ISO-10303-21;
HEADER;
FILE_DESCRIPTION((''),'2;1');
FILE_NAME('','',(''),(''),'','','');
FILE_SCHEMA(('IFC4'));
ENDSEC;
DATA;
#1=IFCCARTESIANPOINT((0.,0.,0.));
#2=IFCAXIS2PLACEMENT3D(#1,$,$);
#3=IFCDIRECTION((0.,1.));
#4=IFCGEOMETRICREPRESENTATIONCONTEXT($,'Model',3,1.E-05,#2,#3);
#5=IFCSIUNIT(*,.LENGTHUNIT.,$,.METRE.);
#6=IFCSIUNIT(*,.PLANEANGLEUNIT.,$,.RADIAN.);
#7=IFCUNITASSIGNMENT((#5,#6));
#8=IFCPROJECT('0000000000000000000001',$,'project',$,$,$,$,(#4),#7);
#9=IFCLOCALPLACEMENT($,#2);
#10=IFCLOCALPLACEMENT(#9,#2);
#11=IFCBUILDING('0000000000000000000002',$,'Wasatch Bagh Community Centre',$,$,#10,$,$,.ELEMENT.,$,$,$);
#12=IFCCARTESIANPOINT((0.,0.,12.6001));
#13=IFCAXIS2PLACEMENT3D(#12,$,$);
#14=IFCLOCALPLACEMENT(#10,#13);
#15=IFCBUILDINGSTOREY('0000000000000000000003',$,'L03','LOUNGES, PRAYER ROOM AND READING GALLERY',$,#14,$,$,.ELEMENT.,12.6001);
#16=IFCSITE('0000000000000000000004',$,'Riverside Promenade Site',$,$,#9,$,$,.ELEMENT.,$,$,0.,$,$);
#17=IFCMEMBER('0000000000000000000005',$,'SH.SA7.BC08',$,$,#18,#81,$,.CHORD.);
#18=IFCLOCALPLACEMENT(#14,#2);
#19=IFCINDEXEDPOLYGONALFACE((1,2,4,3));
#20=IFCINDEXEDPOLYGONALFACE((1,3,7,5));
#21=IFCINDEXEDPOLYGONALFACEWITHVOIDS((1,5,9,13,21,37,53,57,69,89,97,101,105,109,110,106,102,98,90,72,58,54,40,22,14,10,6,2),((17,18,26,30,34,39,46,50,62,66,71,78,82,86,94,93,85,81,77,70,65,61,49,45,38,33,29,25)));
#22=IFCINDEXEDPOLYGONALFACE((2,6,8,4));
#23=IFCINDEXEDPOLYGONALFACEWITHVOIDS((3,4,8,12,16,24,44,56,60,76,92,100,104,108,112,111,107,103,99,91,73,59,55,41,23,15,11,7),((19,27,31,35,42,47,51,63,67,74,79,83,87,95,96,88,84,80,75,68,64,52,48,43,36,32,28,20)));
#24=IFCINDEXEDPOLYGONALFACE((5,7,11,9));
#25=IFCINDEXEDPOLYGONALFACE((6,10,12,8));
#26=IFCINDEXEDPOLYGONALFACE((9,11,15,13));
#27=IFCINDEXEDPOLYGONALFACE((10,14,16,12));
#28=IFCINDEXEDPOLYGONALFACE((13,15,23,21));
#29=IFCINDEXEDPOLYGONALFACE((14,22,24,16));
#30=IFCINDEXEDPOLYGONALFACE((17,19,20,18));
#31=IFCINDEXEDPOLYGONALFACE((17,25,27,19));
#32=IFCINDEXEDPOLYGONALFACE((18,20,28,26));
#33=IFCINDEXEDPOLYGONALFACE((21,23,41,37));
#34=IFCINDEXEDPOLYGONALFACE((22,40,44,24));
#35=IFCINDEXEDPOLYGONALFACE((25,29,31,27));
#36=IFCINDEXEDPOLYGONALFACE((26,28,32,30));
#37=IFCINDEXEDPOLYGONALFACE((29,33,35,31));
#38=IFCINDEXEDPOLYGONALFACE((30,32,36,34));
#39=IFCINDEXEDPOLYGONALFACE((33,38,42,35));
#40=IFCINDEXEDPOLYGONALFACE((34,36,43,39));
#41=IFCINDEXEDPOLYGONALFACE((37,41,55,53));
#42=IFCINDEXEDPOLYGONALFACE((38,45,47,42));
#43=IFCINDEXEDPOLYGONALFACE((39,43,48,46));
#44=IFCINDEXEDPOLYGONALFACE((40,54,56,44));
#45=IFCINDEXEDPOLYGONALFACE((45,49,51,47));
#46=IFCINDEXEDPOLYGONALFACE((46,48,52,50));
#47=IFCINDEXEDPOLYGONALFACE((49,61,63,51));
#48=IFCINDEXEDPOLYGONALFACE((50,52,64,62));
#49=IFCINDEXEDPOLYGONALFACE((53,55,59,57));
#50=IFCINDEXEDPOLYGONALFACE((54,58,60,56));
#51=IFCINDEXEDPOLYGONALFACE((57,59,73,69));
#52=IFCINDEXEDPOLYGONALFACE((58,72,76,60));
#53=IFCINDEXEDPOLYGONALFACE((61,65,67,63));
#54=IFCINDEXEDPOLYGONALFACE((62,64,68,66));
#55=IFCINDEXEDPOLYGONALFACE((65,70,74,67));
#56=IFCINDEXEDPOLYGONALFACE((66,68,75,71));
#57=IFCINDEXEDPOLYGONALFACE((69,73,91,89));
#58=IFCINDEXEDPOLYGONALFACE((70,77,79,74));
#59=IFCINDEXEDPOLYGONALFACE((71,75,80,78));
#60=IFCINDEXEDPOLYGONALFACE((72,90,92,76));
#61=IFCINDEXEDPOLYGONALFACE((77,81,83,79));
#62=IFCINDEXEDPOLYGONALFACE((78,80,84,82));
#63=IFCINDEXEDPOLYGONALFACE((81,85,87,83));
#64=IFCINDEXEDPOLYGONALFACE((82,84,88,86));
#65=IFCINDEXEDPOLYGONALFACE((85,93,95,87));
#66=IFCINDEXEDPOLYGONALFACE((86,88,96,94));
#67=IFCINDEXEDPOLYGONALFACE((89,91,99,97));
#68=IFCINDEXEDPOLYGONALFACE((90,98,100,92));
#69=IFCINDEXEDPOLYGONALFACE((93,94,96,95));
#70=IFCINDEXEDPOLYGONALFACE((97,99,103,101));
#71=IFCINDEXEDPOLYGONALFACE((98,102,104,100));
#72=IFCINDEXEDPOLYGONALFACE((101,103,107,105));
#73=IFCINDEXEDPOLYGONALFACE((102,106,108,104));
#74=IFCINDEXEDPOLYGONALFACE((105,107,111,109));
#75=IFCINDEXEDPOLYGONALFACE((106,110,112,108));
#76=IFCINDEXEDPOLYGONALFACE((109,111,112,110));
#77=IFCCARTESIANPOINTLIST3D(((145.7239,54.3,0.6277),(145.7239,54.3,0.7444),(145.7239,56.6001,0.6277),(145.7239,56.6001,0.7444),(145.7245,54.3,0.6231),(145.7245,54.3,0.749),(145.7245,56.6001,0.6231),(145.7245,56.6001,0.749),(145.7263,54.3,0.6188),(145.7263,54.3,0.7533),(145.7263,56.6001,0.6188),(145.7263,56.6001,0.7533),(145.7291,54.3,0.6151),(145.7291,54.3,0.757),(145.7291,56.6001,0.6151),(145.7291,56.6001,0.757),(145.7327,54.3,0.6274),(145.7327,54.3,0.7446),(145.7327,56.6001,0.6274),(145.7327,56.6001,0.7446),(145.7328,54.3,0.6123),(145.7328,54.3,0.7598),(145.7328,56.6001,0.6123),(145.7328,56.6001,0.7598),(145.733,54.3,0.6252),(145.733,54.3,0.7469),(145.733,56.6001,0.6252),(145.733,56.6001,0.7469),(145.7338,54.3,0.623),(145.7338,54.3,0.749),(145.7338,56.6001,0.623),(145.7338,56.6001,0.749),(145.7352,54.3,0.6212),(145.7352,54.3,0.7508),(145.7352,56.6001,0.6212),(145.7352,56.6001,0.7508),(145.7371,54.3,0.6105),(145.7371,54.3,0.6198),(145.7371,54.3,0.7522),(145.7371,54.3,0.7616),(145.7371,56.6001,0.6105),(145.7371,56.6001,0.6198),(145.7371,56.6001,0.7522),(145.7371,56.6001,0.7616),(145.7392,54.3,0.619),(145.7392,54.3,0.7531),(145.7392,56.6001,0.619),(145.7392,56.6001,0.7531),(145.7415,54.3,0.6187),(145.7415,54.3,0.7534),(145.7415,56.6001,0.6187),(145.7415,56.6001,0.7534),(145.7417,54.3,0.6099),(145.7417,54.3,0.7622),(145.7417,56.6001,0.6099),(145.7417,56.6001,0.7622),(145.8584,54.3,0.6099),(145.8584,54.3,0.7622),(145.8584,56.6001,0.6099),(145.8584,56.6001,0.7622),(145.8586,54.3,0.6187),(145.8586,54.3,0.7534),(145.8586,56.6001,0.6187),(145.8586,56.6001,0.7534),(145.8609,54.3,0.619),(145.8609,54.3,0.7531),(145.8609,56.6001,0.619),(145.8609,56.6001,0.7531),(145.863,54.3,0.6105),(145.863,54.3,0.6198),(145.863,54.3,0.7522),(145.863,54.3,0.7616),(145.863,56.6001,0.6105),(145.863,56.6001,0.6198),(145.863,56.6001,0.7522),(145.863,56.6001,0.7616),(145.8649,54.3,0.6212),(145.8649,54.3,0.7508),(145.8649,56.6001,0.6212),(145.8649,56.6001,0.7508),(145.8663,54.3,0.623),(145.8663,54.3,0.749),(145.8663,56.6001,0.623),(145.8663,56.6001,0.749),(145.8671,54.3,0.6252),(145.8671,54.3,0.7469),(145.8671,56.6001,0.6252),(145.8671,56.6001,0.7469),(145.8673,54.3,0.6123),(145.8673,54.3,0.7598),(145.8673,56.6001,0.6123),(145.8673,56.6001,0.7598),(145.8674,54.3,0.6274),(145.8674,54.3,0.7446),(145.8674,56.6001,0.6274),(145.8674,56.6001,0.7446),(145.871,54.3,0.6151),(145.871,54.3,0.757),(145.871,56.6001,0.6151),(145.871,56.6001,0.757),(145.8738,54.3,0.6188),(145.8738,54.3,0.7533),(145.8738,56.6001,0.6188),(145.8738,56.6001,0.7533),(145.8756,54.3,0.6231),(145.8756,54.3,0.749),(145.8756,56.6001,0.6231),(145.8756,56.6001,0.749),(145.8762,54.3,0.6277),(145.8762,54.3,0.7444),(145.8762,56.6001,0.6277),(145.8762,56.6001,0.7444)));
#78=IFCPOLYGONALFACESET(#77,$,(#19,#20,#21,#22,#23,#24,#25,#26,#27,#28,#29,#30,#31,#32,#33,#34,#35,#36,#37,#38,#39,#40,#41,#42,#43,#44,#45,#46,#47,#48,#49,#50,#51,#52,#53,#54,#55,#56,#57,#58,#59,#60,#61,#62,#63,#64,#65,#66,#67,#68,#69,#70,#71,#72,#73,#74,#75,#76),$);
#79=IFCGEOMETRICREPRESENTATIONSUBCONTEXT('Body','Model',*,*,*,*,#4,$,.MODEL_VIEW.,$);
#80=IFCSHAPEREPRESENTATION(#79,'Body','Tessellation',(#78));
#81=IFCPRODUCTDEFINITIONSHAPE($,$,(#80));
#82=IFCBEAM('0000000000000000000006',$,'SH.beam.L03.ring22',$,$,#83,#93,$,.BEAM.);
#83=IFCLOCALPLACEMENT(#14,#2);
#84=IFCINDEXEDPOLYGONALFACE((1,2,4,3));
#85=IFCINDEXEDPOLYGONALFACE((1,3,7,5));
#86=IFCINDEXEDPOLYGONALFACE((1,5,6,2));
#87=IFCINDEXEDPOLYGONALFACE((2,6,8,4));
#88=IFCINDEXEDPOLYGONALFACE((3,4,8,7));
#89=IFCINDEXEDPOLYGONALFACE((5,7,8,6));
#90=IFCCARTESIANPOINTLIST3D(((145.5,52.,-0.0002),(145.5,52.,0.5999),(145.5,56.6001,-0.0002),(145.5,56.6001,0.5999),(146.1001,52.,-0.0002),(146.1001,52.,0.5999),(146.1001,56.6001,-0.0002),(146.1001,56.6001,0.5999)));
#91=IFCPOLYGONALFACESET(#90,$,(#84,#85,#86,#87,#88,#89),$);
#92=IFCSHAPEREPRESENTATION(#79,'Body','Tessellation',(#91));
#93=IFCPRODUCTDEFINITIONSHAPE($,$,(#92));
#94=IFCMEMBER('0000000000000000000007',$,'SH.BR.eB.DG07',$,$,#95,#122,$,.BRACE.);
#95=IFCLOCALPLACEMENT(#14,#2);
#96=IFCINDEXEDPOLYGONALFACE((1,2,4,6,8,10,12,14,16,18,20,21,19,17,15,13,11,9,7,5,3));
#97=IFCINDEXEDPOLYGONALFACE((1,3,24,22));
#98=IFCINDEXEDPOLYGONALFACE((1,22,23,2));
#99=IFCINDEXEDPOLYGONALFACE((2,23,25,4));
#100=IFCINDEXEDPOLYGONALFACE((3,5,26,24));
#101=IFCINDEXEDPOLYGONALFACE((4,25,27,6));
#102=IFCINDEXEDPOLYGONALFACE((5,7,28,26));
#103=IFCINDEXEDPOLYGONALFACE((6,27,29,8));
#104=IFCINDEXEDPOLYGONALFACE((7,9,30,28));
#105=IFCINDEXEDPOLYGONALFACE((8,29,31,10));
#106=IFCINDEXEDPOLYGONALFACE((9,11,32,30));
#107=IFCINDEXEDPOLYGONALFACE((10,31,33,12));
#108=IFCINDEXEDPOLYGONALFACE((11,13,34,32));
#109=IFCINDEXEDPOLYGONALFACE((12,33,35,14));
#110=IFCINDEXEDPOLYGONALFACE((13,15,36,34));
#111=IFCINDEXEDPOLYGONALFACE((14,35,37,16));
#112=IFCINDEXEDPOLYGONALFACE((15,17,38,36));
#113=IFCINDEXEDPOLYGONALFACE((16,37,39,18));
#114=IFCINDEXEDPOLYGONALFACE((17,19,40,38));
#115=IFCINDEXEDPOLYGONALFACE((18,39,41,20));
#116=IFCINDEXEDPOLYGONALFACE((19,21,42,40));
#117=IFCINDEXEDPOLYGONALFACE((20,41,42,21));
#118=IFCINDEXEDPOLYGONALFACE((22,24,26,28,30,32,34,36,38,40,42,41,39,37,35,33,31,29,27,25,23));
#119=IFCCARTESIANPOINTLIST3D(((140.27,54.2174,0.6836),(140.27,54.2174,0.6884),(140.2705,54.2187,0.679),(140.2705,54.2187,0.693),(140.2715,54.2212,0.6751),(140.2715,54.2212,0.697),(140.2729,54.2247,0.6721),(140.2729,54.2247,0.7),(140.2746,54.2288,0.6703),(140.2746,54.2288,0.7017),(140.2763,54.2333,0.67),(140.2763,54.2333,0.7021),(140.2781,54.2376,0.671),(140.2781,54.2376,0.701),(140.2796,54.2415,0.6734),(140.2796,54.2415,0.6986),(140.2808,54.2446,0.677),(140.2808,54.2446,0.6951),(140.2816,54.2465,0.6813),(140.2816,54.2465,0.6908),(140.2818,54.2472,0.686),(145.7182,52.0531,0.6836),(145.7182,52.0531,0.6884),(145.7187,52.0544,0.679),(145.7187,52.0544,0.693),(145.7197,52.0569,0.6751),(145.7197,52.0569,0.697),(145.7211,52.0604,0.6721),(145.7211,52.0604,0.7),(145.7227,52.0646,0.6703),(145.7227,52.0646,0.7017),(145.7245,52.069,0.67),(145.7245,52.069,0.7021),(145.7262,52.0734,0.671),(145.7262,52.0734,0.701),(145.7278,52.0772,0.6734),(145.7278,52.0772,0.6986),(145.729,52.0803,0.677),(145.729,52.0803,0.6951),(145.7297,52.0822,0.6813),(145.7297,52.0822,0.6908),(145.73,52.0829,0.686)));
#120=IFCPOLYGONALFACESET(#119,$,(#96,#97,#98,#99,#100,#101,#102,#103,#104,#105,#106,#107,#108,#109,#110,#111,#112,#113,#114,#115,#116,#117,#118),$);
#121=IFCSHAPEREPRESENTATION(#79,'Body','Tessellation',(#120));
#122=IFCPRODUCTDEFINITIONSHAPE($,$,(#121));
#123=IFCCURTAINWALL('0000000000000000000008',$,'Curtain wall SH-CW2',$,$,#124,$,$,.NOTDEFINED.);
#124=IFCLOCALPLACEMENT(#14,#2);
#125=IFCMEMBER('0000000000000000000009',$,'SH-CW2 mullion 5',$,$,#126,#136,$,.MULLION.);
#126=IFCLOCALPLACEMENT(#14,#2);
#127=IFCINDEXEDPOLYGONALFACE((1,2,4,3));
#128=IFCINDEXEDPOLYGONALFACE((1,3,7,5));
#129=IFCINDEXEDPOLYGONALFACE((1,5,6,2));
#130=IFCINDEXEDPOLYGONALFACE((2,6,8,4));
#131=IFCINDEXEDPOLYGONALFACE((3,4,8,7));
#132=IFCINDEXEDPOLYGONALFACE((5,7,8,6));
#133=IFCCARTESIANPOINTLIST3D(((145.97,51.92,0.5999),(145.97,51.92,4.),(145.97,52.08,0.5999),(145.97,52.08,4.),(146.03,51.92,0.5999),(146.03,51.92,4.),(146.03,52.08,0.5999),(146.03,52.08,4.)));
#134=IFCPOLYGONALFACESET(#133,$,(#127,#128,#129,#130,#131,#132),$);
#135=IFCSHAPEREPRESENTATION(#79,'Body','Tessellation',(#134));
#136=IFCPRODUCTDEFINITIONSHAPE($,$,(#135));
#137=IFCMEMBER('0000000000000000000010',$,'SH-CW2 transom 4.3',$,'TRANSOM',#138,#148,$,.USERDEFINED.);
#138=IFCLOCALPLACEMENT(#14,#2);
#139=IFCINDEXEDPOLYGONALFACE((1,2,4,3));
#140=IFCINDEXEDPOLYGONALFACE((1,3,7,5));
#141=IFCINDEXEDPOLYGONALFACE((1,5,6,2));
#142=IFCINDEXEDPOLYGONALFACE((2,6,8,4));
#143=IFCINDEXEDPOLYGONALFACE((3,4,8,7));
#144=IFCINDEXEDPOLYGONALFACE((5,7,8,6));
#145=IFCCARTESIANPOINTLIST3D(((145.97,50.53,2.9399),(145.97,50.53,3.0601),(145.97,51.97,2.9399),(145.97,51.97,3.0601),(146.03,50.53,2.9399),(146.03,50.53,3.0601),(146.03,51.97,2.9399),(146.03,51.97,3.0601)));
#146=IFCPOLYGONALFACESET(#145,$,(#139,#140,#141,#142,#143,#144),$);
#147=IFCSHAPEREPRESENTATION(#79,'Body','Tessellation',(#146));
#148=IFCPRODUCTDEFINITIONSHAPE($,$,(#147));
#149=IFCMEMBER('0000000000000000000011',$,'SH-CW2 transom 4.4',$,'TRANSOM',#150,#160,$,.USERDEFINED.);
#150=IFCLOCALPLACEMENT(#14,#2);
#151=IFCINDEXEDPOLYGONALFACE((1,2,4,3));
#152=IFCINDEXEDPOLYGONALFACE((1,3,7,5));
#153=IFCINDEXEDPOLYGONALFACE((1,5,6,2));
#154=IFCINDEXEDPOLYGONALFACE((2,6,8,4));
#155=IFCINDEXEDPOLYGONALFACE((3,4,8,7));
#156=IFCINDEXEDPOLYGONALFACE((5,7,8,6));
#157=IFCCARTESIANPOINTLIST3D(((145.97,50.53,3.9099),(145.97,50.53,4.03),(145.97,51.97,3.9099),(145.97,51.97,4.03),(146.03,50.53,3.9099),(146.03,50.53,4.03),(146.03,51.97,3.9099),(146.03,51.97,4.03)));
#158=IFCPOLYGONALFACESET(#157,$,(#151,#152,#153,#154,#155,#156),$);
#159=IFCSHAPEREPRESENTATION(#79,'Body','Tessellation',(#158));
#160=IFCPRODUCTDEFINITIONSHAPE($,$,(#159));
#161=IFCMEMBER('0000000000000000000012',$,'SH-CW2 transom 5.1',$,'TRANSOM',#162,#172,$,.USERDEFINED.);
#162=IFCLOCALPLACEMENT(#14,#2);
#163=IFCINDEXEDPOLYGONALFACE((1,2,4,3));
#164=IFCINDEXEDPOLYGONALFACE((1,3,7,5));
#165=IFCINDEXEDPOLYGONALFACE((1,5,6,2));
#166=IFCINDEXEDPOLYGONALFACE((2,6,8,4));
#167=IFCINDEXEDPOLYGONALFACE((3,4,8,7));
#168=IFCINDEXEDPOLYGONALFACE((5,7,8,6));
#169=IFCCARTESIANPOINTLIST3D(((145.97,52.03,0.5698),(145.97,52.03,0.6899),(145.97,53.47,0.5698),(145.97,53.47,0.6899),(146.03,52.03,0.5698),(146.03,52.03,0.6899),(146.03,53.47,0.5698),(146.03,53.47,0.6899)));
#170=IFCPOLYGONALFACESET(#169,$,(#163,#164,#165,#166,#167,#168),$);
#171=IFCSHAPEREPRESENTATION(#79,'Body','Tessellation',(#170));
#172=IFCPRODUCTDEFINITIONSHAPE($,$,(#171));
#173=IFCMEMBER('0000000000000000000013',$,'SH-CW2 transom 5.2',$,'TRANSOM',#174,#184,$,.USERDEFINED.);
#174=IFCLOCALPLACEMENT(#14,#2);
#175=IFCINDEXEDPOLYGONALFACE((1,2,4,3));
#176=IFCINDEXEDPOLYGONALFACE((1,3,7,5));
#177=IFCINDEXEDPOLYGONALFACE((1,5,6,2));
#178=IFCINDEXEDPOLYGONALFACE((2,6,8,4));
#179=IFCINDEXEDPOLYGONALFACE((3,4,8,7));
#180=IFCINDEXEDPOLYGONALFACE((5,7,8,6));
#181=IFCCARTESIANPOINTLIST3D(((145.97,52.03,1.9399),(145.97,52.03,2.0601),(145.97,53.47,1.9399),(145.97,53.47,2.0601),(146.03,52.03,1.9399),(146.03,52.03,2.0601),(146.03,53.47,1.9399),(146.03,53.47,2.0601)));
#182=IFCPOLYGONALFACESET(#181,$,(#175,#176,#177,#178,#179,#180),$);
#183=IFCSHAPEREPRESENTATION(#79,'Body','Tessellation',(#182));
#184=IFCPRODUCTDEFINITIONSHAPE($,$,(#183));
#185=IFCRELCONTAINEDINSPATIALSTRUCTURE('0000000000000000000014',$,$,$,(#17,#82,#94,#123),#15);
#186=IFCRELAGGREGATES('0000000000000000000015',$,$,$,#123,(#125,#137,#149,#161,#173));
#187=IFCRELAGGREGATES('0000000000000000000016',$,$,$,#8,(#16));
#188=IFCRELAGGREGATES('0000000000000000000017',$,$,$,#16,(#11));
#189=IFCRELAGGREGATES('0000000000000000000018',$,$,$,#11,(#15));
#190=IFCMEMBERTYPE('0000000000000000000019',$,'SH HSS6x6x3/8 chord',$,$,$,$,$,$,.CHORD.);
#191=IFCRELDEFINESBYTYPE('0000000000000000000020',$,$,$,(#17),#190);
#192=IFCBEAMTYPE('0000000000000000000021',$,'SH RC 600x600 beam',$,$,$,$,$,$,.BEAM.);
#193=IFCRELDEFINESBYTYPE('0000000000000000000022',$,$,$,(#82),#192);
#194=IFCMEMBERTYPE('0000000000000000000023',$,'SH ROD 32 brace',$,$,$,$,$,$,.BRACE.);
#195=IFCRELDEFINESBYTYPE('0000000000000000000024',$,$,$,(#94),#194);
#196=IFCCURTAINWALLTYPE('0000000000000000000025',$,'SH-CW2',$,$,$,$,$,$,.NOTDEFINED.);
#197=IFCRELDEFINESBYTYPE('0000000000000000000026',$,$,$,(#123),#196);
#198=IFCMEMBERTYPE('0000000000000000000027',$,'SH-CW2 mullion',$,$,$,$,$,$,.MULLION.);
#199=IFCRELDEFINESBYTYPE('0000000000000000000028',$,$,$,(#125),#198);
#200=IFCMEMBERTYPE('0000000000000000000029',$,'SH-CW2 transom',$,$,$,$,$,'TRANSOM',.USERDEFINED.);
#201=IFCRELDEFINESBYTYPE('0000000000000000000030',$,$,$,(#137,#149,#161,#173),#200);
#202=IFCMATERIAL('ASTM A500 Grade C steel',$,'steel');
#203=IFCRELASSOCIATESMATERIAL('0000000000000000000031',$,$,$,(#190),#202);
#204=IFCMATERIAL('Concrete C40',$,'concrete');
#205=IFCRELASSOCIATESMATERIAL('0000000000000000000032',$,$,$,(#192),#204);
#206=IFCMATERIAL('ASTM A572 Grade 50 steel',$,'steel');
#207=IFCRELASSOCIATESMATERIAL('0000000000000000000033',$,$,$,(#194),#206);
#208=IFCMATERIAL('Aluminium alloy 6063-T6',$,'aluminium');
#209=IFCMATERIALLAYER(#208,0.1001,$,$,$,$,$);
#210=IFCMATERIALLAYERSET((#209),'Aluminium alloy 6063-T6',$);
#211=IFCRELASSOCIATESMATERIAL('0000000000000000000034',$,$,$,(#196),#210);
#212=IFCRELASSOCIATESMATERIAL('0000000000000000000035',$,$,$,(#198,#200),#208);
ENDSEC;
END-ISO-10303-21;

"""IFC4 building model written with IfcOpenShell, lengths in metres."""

from ifc_helpers import new_model, si_unit, direction, frame, origin, origin_2d, place, context, subcontext, project, spatial, rectangle, hollow_rectangle, circle, extrude, material, layer, layer_set, material_profile, profile_set, type_object, element, aggregate, save


model = new_model("IFC4")

# Units and contexts
model_context = context("Model", 3, precision=1e-05, world=origin(), true_north=direction((0.0, 1.0)))
body_context = subcontext(model_context, "Body", "Model", "MODEL_VIEW")
ifc_project = project(units=[si_unit("LENGTHUNIT", "METRE"), si_unit("PLANEANGLEUNIT", "RADIAN")], contexts=[model_context])

# Site, building, storey
site_placement = place(None, origin())
site = spatial("IfcSite", under=ifc_project, at=site_placement, Name="Riverside Promenade Site", CompositionType="ELEMENT", RefElevation=0.0)
building_placement = place(site_placement, origin())
building = spatial("IfcBuilding", under=site, at=building_placement, Name="Wasatch Bagh Community Centre", CompositionType="ELEMENT")
storey_placement = place(building_placement, frame((0.0, 0.0, 12.6001)))
storey = spatial("IfcBuildingStorey", under=building, at=storey_placement, Name="L03", Description="LOUNGES, PRAYER ROOM AND READING GALLERY", CompositionType="ELEMENT", Elevation=12.6001)

# Member
ifc_material_1 = material(Name="ASTM A500 Grade C steel", Category="steel")
ifc_material_profile_1 = material_profile(ifc_material_1, hollow_rectangle(XDim=0.1523, YDim=0.1523, WallThickness=0.0088, InnerFilletRadius=0.0088, OuterFilletRadius=0.0178, at=origin_2d()), Name="HSS6x6x3/8")
ifc_profile_set_1 = profile_set([ifc_material_profile_1], Name="ASTM A500 Grade C steel")
member_type_1 = type_object("IfcMemberType", Name="SH HSS6x6x3/8 chord", PredefinedType="CHORD", material=ifc_profile_set_1)
for number, where, z_axis, x_axis, name in (
    (1, (145.8, 54.3, 0.686), (0.0, 1.0, 0.0), (-1.0, 0.0, 0.0), "SH.SA7.BC08"),
):
    element("IfcMember", number, at=place(storey_placement, frame(where, z_axis=z_axis, x_axis=x_axis)), inside=storey, type_object=member_type_1, Name=name, PredefinedType="CHORD", context=body_context, shape_type="SweptSolid", body=[
        extrude(hollow_rectangle(XDim=0.1523, YDim=0.1523, WallThickness=0.0088, InnerFilletRadius=0.0088, OuterFilletRadius=0.0178, at=origin_2d()), origin(), (0.0, 0.0, 1.0), 2.3),
    ])

# Beam
ifc_material_2 = material(Name="Concrete C40", Category="concrete")
ifc_material_profile_2 = material_profile(ifc_material_2, rectangle(XDim=0.6001, YDim=0.6001, at=origin_2d()), Name="RC 600x600")
ifc_profile_set_2 = profile_set([ifc_material_profile_2], Name="Concrete C40")
beam_type = type_object("IfcBeamType", Name="SH RC 600x600 beam", PredefinedType="BEAM", material=ifc_profile_set_2)
beam_placement = place(storey_placement, frame((145.8, 52.0, 0.2998), z_axis=(0.0, 1.0, 0.0), x_axis=(-1.0, 0.0, 0.0)))
element("IfcBeam", 2, at=beam_placement, inside=storey, type_object=beam_type, Name="SH.beam.L03.ring22", PredefinedType="BEAM", context=body_context, shape_type="SweptSolid", body=[
    extrude(rectangle(XDim=0.6001, YDim=0.6001, at=origin_2d()), origin(), (0.0, 0.0, 1.0), 4.6001),
])

# Member
ifc_material_3 = material(Name="ASTM A572 Grade 50 steel", Category="steel")
ifc_material_profile_3 = material_profile(ifc_material_3, circle(Radius=0.0161, at=origin_2d()), Name="ROD 32")
ifc_profile_set_3 = profile_set([ifc_material_profile_3], Name="ASTM A572 Grade 50 steel")
member_type_2 = type_object("IfcMemberType", Name="SH ROD 32 brace", PredefinedType="BRACE", material=ifc_profile_set_3)
member_1_placement = place(storey_placement, frame((140.2759, 54.2322, 0.686), z_axis=(0.929356, -0.369185, 0.0), x_axis=(0.369185, 0.929356, 0.0)))
element("IfcMember", 3, at=member_1_placement, inside=storey, type_object=member_type_2, Name="SH.BR.eB.DG07", PredefinedType="BRACE", context=body_context, shape_type="SweptSolid", body=[
    extrude(circle(Radius=0.0161, at=origin_2d()), origin(), (0.0, 0.0, 1.0), 5.8623),
])

# Curtain wall, members
ifc_material_4 = material(Name="Aluminium alloy 6063-T6", Category="aluminium")
ifc_layer_1 = layer(ifc_material_4, 0.1001)
ifc_layer_set_1 = layer_set([ifc_layer_1], Name="Aluminium alloy 6063-T6")
curtain_wall_type = type_object("IfcCurtainWallType", Name="SH-CW2", PredefinedType="NOTDEFINED", material=ifc_layer_set_1)
curtain_wall_placement = place(storey_placement, origin())
curtain_wall = element("IfcCurtainWall", 4, at=curtain_wall_placement, inside=storey, type_object=curtain_wall_type, Name="Curtain wall SH-CW2", PredefinedType="NOTDEFINED")
ifc_material_profile_4 = material_profile(ifc_material_4, rectangle(XDim=0.0601, YDim=0.1599, at=origin_2d()), Name="AL 60x160")
ifc_profile_set_4 = profile_set([ifc_material_profile_4], Name="Aluminium alloy 6063-T6")
member_type_3 = type_object("IfcMemberType", Name="SH-CW2 mullion", PredefinedType="MULLION", material=ifc_profile_set_4)
member_2_placement = place(storey_placement, frame((146.0, 52.0, 0.5999), z_axis=(0.0, 0.0, 1.0), x_axis=(-1.0, 0.0, 0.0)))
member_2 = element("IfcMember", 5, at=member_2_placement, type_object=member_type_3, Name="SH-CW2 mullion 5", PredefinedType="MULLION", context=body_context, shape_type="SweptSolid", body=[
    extrude(rectangle(XDim=0.0601, YDim=0.1599, at=origin_2d()), origin(), (0.0, 0.0, 1.0), 3.4001),
])
ifc_material_profile_5 = material_profile(ifc_material_4, rectangle(XDim=0.0601, YDim=0.1201, at=origin_2d()), Name="AL 60x120")
ifc_profile_set_5 = profile_set([ifc_material_profile_5], Name="Aluminium alloy 6063-T6")
member_type_4 = type_object("IfcMemberType", Name="SH-CW2 transom", ElementType="TRANSOM", PredefinedType="USERDEFINED", material=ifc_profile_set_5)
member_3_placement = place(storey_placement, frame((146.0, 50.53, 3.0), z_axis=(0.0, 1.0, 0.0), x_axis=(-1.0, 0.0, 0.0)))
member_3 = element("IfcMember", 6, at=member_3_placement, type_object=member_type_4, Name="SH-CW2 transom 4.3", ObjectType="TRANSOM", PredefinedType="USERDEFINED", context=body_context, shape_type="SweptSolid", body=[
    extrude(rectangle(XDim=0.0601, YDim=0.1201, at=origin_2d()), origin(), (0.0, 0.0, 1.0), 1.4399),
])
member_4_placement = place(storey_placement, frame((146.0, 50.53, 3.97), z_axis=(0.0, 1.0, 0.0), x_axis=(-1.0, 0.0, 0.0)))
member_4 = element("IfcMember", 7, at=member_4_placement, type_object=member_type_4, Name="SH-CW2 transom 4.4", ObjectType="TRANSOM", PredefinedType="USERDEFINED", context=body_context, shape_type="SweptSolid", body=[
    extrude(rectangle(XDim=0.0601, YDim=0.1201, at=origin_2d()), origin(), (0.0, 0.0, 1.0), 1.4399),
])
member_5_placement = place(storey_placement, frame((146.0, 52.03, 0.6299), z_axis=(0.0, 1.0, 0.0), x_axis=(-1.0, 0.0, 0.0)))
member_5 = element("IfcMember", 8, at=member_5_placement, type_object=member_type_4, Name="SH-CW2 transom 5.1", ObjectType="TRANSOM", PredefinedType="USERDEFINED", context=body_context, shape_type="SweptSolid", body=[
    extrude(rectangle(XDim=0.0601, YDim=0.1201, at=origin_2d()), origin(), (0.0, 0.0, 1.0), 1.4399),
])
member_6_placement = place(storey_placement, frame((146.0, 52.03, 2.0), z_axis=(0.0, 1.0, 0.0), x_axis=(-1.0, 0.0, 0.0)))
member_6 = element("IfcMember", 9, at=member_6_placement, type_object=member_type_4, Name="SH-CW2 transom 5.2", ObjectType="TRANSOM", PredefinedType="USERDEFINED", context=body_context, shape_type="SweptSolid", body=[
    extrude(rectangle(XDim=0.0601, YDim=0.1201, at=origin_2d()), origin(), (0.0, 0.0, 1.0), 1.4399),
])
aggregate(curtain_wall, [member_2, member_3, member_4, member_5, member_6])

save(model, "model.ifc")
